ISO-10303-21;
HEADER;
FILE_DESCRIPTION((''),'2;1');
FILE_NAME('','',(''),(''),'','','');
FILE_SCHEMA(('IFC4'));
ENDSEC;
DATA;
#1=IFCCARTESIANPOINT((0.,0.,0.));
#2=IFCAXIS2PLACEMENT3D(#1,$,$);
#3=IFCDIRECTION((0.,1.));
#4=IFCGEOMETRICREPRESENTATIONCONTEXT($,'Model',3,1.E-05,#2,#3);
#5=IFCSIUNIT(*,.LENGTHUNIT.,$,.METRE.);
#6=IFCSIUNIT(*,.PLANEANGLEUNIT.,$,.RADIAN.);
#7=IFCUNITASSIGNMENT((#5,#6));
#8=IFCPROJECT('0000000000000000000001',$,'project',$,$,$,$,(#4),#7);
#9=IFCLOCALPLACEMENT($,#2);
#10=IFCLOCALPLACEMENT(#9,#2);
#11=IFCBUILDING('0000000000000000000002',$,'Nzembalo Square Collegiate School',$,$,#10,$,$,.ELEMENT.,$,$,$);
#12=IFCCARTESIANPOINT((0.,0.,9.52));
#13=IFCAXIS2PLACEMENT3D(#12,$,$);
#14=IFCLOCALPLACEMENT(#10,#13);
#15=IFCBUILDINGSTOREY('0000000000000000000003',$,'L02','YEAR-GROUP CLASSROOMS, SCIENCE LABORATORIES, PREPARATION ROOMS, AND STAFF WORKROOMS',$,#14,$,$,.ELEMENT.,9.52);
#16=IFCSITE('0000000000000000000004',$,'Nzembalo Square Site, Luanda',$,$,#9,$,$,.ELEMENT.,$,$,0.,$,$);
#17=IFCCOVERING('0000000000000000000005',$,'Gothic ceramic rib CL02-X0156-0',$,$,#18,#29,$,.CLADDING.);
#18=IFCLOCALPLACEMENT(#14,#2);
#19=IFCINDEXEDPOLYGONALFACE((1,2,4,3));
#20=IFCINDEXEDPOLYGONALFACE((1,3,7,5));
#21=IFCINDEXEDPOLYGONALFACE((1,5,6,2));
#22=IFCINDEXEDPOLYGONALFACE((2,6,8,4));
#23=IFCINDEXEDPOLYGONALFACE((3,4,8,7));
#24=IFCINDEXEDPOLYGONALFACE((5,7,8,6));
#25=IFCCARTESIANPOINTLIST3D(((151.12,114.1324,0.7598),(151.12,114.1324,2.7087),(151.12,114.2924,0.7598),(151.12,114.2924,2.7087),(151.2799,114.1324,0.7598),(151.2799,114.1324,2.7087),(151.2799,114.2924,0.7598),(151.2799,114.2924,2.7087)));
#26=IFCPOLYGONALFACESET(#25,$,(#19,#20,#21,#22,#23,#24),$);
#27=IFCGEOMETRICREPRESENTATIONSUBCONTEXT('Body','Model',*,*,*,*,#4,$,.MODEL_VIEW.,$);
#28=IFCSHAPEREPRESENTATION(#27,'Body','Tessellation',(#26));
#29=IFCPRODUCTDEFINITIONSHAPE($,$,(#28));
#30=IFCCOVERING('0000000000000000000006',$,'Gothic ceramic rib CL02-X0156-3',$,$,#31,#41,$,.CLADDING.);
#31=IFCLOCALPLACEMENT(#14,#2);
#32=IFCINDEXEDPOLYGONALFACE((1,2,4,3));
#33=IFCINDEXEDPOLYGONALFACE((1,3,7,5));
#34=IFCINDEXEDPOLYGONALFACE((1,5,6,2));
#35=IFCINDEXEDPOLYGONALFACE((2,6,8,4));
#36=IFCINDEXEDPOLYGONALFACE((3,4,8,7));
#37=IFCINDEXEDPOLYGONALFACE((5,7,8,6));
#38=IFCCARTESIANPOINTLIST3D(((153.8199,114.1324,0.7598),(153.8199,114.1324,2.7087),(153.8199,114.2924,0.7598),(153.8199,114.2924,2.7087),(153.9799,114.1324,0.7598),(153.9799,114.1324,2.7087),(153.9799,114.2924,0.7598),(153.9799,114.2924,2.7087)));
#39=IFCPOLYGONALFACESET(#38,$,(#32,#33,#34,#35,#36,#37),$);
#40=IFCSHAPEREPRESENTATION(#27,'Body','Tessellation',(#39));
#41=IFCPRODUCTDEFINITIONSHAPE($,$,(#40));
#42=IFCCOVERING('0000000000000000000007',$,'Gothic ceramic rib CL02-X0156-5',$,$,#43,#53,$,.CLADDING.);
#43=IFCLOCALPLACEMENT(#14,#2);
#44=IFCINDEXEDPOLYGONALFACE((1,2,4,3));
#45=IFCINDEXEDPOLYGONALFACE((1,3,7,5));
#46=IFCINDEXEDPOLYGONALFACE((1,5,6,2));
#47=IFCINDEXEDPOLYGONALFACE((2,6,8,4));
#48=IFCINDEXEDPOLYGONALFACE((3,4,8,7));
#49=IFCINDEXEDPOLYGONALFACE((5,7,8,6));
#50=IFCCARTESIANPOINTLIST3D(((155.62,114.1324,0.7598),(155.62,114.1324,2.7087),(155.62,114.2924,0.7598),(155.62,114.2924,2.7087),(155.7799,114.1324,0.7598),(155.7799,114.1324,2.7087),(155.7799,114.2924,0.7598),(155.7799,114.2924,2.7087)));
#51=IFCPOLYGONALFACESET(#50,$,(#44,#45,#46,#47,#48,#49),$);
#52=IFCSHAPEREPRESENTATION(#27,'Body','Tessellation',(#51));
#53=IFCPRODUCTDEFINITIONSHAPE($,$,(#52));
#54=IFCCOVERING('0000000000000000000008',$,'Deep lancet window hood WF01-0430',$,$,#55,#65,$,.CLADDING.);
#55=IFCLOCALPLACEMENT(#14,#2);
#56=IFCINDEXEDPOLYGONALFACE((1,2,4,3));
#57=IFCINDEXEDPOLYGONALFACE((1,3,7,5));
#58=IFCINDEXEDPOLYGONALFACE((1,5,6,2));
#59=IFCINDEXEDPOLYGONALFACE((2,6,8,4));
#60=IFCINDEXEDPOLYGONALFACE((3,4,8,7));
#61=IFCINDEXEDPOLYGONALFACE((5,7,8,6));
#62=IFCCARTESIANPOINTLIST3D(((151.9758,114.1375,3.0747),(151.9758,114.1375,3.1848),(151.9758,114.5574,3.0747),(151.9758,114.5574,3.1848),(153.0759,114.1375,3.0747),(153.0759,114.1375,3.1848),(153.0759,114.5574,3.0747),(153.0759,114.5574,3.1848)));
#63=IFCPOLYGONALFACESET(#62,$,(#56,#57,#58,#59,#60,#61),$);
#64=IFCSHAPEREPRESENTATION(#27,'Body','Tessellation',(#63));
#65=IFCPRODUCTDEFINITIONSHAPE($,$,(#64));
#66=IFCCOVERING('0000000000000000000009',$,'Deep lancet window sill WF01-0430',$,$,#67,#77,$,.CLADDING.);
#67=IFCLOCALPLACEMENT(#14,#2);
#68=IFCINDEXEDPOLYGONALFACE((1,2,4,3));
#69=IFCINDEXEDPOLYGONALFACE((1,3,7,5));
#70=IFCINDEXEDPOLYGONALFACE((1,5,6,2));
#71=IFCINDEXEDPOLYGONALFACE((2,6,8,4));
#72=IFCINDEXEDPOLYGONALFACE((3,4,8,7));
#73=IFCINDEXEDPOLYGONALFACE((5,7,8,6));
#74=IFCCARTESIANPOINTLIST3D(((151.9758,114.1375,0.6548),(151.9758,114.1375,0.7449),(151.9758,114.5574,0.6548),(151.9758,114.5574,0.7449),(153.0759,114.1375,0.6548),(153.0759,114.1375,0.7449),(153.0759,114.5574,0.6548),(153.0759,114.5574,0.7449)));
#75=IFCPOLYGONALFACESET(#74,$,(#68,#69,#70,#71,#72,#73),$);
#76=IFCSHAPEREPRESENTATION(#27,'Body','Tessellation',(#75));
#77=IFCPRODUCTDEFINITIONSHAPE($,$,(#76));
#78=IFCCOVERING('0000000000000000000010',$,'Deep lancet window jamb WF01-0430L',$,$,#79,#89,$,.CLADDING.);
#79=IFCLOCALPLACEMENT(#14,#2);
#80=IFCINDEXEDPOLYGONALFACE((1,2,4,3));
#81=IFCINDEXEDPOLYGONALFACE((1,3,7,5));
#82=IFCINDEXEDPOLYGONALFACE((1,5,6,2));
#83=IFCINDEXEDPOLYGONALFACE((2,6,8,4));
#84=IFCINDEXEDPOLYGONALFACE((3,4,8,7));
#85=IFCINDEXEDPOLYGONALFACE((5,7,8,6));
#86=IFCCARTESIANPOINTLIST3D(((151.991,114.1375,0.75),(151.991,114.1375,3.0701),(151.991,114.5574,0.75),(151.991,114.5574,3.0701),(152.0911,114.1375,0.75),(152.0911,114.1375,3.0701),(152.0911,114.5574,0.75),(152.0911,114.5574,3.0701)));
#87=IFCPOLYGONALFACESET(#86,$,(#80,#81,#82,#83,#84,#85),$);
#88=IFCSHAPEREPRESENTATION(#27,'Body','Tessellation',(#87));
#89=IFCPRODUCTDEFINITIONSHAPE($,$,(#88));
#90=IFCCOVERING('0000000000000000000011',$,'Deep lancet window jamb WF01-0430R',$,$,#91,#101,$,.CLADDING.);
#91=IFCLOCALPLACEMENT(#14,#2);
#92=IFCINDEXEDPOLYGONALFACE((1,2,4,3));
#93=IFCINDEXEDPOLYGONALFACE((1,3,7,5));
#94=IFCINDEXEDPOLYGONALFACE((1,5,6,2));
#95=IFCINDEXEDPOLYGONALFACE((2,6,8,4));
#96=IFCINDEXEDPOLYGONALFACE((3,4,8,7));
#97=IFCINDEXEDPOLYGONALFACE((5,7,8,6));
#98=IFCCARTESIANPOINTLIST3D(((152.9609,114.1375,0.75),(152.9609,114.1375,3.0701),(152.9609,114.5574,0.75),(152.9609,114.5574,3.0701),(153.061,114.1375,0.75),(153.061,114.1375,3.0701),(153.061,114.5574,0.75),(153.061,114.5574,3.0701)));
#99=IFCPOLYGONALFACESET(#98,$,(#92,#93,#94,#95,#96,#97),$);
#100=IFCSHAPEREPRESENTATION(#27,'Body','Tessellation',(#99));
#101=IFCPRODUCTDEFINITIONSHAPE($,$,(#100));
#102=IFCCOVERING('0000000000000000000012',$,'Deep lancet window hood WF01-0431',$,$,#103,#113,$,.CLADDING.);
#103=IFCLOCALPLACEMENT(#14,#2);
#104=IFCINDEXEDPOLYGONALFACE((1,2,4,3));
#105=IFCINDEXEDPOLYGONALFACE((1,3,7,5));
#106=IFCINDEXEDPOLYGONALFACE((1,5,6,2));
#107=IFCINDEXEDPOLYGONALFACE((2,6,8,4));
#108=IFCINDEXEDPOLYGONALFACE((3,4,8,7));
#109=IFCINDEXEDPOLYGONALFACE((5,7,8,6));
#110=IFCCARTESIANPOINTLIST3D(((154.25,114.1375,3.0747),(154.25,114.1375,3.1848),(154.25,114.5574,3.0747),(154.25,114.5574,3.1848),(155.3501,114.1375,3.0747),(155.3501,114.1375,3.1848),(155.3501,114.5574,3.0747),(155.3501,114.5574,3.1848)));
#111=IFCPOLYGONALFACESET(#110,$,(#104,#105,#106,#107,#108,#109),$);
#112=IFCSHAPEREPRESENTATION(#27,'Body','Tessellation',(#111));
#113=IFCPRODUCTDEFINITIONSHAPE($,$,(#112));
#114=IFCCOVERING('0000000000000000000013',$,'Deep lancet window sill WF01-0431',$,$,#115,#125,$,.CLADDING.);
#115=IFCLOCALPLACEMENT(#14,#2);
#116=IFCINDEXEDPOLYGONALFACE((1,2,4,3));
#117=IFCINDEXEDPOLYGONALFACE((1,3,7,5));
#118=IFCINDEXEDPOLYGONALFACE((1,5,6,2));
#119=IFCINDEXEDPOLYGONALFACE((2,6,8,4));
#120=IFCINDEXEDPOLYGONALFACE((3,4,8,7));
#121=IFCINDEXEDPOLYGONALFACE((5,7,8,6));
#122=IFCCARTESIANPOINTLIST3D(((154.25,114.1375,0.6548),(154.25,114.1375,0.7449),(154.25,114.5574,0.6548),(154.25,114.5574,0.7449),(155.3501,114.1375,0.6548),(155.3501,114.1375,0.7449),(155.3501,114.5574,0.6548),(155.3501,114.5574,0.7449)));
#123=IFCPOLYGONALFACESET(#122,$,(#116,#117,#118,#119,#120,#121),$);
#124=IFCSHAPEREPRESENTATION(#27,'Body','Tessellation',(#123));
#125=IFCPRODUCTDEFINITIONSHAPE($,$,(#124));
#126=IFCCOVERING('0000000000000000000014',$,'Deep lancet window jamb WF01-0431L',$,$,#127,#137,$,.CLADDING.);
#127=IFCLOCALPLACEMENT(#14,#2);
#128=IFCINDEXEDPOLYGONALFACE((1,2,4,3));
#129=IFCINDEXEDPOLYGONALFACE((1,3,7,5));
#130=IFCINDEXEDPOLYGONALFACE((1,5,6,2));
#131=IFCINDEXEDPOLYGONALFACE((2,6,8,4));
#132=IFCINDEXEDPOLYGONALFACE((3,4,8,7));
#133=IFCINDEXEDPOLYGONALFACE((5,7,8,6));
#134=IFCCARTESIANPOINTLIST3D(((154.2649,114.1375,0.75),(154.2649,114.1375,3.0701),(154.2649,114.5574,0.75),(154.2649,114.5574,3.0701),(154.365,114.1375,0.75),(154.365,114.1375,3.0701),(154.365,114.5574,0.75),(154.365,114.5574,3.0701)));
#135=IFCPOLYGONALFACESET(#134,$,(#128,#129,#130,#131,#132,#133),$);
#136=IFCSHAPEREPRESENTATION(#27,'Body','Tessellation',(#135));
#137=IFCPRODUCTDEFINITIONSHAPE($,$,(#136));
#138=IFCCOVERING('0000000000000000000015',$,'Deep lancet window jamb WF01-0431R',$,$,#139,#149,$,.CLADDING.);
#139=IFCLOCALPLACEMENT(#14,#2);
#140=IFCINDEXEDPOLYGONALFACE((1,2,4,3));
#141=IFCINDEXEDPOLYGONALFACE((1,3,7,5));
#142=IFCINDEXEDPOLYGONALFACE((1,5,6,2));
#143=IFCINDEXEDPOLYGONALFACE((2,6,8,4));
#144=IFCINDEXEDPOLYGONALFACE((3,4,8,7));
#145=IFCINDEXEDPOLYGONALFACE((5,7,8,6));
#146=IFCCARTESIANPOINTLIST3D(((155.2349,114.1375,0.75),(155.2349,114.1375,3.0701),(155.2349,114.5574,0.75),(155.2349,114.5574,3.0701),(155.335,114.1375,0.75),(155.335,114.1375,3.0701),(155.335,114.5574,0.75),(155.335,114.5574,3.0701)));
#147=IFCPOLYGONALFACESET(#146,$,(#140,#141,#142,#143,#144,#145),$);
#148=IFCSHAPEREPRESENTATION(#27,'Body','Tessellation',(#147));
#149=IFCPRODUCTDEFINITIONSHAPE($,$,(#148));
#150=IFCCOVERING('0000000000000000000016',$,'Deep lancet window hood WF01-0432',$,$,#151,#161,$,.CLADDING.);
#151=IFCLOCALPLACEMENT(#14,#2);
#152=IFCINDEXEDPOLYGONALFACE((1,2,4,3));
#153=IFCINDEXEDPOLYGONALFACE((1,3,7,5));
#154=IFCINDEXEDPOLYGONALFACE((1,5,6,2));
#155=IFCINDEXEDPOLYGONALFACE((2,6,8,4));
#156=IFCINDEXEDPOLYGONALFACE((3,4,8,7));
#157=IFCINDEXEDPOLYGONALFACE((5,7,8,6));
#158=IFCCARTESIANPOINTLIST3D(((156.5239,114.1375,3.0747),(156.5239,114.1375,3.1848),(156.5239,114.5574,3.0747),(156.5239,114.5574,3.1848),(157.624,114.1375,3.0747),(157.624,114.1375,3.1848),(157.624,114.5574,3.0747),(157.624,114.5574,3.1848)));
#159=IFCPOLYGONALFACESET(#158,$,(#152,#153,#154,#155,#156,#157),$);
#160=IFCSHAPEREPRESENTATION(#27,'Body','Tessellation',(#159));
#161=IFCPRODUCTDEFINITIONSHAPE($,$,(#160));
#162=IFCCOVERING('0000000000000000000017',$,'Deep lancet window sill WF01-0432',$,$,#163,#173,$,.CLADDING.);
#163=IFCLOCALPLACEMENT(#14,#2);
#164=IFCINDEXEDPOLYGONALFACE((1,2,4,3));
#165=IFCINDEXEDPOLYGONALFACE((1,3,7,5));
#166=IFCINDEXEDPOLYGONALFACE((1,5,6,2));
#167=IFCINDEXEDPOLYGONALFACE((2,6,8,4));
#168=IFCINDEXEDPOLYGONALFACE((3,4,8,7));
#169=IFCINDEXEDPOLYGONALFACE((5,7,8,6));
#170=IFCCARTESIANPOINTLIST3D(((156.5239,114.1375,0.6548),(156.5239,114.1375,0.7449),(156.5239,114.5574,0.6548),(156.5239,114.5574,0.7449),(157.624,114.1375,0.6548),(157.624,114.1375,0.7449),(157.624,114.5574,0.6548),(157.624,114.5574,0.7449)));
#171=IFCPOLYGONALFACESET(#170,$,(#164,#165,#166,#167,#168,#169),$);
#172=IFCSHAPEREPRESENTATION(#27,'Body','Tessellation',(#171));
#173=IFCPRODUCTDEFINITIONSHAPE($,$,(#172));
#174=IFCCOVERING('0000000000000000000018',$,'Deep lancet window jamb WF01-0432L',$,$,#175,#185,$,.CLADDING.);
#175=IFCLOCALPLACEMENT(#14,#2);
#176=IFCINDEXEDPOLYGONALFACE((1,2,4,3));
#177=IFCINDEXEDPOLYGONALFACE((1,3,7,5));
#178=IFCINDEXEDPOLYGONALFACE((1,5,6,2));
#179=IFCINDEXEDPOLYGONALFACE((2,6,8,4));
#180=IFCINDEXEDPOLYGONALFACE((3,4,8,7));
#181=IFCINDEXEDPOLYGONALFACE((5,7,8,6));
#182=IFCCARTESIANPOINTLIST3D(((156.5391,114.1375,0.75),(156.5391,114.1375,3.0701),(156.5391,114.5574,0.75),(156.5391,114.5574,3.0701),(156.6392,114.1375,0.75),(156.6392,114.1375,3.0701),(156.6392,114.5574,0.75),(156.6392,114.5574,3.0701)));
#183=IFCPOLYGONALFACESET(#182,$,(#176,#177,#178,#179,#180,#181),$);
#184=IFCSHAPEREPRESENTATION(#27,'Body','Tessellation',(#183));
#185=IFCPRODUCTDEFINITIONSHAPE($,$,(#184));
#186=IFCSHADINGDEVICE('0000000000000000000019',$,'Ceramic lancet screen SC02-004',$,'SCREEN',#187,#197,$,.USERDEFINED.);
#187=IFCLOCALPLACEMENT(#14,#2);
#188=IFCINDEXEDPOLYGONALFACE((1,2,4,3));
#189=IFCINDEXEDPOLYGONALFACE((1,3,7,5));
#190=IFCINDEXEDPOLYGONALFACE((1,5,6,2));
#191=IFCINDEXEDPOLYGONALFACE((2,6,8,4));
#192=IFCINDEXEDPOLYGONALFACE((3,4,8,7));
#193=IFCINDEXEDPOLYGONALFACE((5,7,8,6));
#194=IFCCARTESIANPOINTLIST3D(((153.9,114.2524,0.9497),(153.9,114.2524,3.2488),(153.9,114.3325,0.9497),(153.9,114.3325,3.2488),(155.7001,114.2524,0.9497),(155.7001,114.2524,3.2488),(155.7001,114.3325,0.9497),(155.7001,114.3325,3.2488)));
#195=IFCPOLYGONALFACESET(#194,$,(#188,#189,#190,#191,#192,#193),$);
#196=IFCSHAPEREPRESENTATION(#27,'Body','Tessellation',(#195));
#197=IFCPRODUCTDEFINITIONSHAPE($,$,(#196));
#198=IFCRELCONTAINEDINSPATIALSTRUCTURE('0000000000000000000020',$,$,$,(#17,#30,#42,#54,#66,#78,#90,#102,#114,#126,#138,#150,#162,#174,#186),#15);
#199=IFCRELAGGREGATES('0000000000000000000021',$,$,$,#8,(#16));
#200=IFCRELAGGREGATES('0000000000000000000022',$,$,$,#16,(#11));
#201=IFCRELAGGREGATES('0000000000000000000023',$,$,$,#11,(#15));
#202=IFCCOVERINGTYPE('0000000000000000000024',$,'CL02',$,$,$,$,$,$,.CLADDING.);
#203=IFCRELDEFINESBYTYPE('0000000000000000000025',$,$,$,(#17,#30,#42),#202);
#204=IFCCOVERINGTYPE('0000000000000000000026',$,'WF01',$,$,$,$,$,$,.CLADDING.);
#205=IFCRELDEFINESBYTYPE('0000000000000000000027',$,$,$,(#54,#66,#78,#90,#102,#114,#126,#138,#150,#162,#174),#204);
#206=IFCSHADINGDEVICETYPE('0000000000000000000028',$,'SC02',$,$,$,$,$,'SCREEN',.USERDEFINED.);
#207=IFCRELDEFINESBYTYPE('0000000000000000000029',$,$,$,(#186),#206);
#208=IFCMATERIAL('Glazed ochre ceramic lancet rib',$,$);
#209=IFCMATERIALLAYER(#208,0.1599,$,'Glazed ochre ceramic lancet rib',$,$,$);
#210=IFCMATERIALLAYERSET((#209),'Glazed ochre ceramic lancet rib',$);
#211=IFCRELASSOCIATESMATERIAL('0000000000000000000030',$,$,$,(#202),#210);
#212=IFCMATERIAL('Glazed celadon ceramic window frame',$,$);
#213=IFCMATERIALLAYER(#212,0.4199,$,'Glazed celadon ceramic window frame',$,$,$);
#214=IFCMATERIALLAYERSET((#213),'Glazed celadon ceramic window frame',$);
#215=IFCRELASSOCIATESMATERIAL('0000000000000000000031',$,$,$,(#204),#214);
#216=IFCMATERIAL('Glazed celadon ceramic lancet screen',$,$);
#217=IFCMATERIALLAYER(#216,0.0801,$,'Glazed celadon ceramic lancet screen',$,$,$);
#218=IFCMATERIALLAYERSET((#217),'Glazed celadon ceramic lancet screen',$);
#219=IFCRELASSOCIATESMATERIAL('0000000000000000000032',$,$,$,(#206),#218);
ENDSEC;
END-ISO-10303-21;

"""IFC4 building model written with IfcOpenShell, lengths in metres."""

from ifc_helpers import new_model, si_unit, direction, frame, origin, origin_2d, place, context, subcontext, project, spatial, rectangle, extrude, material, layer, layer_set, type_object, element, save


model = new_model("IFC4")

# Units and contexts
model_context = context("Model", 3, precision=1e-05, world=origin(), true_north=direction((0.0, 1.0)))
body_context = subcontext(model_context, "Body", "Model", "MODEL_VIEW")
ifc_project = project(units=[si_unit("LENGTHUNIT", "METRE"), si_unit("PLANEANGLEUNIT", "RADIAN")], contexts=[model_context])

# Site, building, storey
site_placement = place(None, origin())
site = spatial("IfcSite", under=ifc_project, at=site_placement, Name="Nzembalo Square Site, Luanda", CompositionType="ELEMENT", RefElevation=0.0)
building_placement = place(site_placement, origin())
building = spatial("IfcBuilding", under=site, at=building_placement, Name="Nzembalo Square Collegiate School", CompositionType="ELEMENT")
storey_placement = place(building_placement, frame((0.0, 0.0, 9.52)))
storey = spatial("IfcBuildingStorey", under=building, at=storey_placement, Name="L02", Description="YEAR-GROUP CLASSROOMS, SCIENCE LABORATORIES, PREPARATION ROOMS, AND STAFF WORKROOMS", CompositionType="ELEMENT", Elevation=9.52)

# Coverings
ifc_material_1 = material(Name="Glazed ochre ceramic lancet rib")
ifc_layer_1 = layer(ifc_material_1, 0.1599, Name="Glazed ochre ceramic lancet rib")
ifc_layer_set_1 = layer_set([ifc_layer_1], Name="Glazed ochre ceramic lancet rib")
covering_type_1 = type_object("IfcCoveringType", Name="CL02", PredefinedType="CLADDING", material=ifc_layer_set_1)
for number, where, z_axis, x_axis, name in (
    (1, (151.2, 114.2124, 0.7598), (0.0, 0.0, 1.0), (1.0, 0.0, 0.0), "Gothic ceramic rib CL02-X0156-0"),
    (2, (153.8999, 114.2124, 0.7598), (0.0, 0.0, 1.0), (1.0, 0.0, 0.0), "Gothic ceramic rib CL02-X0156-3"),
    (3, (155.7, 114.2124, 0.7598), (0.0, 0.0, 1.0), (1.0, 0.0, 0.0), "Gothic ceramic rib CL02-X0156-5"),
):
    element("IfcCovering", number, at=place(storey_placement, frame(where, z_axis=z_axis, x_axis=x_axis)), inside=storey, type_object=covering_type_1, Name=name, PredefinedType="CLADDING", context=body_context, shape_type="SweptSolid", body=[
        extrude(rectangle(XDim=0.1599, YDim=0.1599, at=origin_2d()), origin(), (0.0, 0.0, 1.0), 1.949),
    ])
ifc_material_2 = material(Name="Glazed celadon ceramic window frame")
ifc_layer_2 = layer(ifc_material_2, 0.4199, Name="Glazed celadon ceramic window frame")
ifc_layer_set_2 = layer_set([ifc_layer_2], Name="Glazed celadon ceramic window frame")
covering_type_2 = type_object("IfcCoveringType", Name="WF01", PredefinedType="CLADDING", material=ifc_layer_set_2)
covering_1_placement = place(storey_placement, frame((152.5259, 114.3474, 3.0747), z_axis=(0.0, 0.0, 1.0), x_axis=(1.0, 0.0, 0.0)))
element("IfcCovering", 4, at=covering_1_placement, inside=storey, type_object=covering_type_2, Name="Deep lancet window hood WF01-0430", PredefinedType="CLADDING", context=body_context, shape_type="SweptSolid", body=[
    extrude(rectangle(XDim=1.1001, YDim=0.4199, at=origin_2d()), origin(), (0.0, 0.0, 1.0), 0.1101),
])
covering_2_placement = place(storey_placement, frame((152.5259, 114.3474, 0.6548), z_axis=(0.0, 0.0, 1.0), x_axis=(1.0, 0.0, 0.0)))
element("IfcCovering", 5, at=covering_2_placement, inside=storey, type_object=covering_type_2, Name="Deep lancet window sill WF01-0430", PredefinedType="CLADDING", context=body_context, shape_type="SweptSolid", body=[
    extrude(rectangle(XDim=1.1001, YDim=0.4199, at=origin_2d()), origin(), (0.0, 0.0, 1.0), 0.0901),
])
for number, where, z_axis, x_axis, name in (
    (6, (152.041, 114.3474, 0.75), (0.0, 0.0, 1.0), (1.0, 0.0, 0.0), "Deep lancet window jamb WF01-0430L"),
    (7, (153.011, 114.3474, 0.75), (0.0, 0.0, 1.0), (1.0, 0.0, 0.0), "Deep lancet window jamb WF01-0430R"),
):
    element("IfcCovering", number, at=place(storey_placement, frame(where, z_axis=z_axis, x_axis=x_axis)), inside=storey, type_object=covering_type_2, Name=name, PredefinedType="CLADDING", context=body_context, shape_type="SweptSolid", body=[
        extrude(rectangle(XDim=0.1001, YDim=0.4199, at=origin_2d()), origin(), (0.0, 0.0, 1.0), 2.3201),
    ])
covering_3_placement = place(storey_placement, frame((154.8, 114.3474, 3.0747), z_axis=(0.0, 0.0, 1.0), x_axis=(1.0, 0.0, 0.0)))
element("IfcCovering", 8, at=covering_3_placement, inside=storey, type_object=covering_type_2, Name="Deep lancet window hood WF01-0431", PredefinedType="CLADDING", context=body_context, shape_type="SweptSolid", body=[
    extrude(rectangle(XDim=1.1001, YDim=0.4199, at=origin_2d()), origin(), (0.0, 0.0, 1.0), 0.1101),
])
covering_4_placement = place(storey_placement, frame((154.8, 114.3474, 0.6548), z_axis=(0.0, 0.0, 1.0), x_axis=(1.0, 0.0, 0.0)))
element("IfcCovering", 9, at=covering_4_placement, inside=storey, type_object=covering_type_2, Name="Deep lancet window sill WF01-0431", PredefinedType="CLADDING", context=body_context, shape_type="SweptSolid", body=[
    extrude(rectangle(XDim=1.1001, YDim=0.4199, at=origin_2d()), origin(), (0.0, 0.0, 1.0), 0.0901),
])
for number, where, z_axis, x_axis, name in (
    (10, (154.3149, 114.3474, 0.75), (0.0, 0.0, 1.0), (1.0, 0.0, 0.0), "Deep lancet window jamb WF01-0431L"),
    (11, (155.2849, 114.3474, 0.75), (0.0, 0.0, 1.0), (1.0, 0.0, 0.0), "Deep lancet window jamb WF01-0431R"),
):
    element("IfcCovering", number, at=place(storey_placement, frame(where, z_axis=z_axis, x_axis=x_axis)), inside=storey, type_object=covering_type_2, Name=name, PredefinedType="CLADDING", context=body_context, shape_type="SweptSolid", body=[
        extrude(rectangle(XDim=0.1001, YDim=0.4199, at=origin_2d()), origin(), (0.0, 0.0, 1.0), 2.3201),
    ])
covering_5_placement = place(storey_placement, frame((157.074, 114.3474, 3.0747), z_axis=(0.0, 0.0, 1.0), x_axis=(1.0, 0.0, 0.0)))
element("IfcCovering", 12, at=covering_5_placement, inside=storey, type_object=covering_type_2, Name="Deep lancet window hood WF01-0432", PredefinedType="CLADDING", context=body_context, shape_type="SweptSolid", body=[
    extrude(rectangle(XDim=1.1001, YDim=0.4199, at=origin_2d()), origin(), (0.0, 0.0, 1.0), 0.1101),
])
covering_6_placement = place(storey_placement, frame((157.074, 114.3474, 0.6548), z_axis=(0.0, 0.0, 1.0), x_axis=(1.0, 0.0, 0.0)))
element("IfcCovering", 13, at=covering_6_placement, inside=storey, type_object=covering_type_2, Name="Deep lancet window sill WF01-0432", PredefinedType="CLADDING", context=body_context, shape_type="SweptSolid", body=[
    extrude(rectangle(XDim=1.1001, YDim=0.4199, at=origin_2d()), origin(), (0.0, 0.0, 1.0), 0.0901),
])
covering_7_placement = place(storey_placement, frame((156.5891, 114.3474, 0.75), z_axis=(0.0, 0.0, 1.0), x_axis=(1.0, 0.0, 0.0)))
element("IfcCovering", 14, at=covering_7_placement, inside=storey, type_object=covering_type_2, Name="Deep lancet window jamb WF01-0432L", PredefinedType="CLADDING", context=body_context, shape_type="SweptSolid", body=[
    extrude(rectangle(XDim=0.1001, YDim=0.4199, at=origin_2d()), origin(), (0.0, 0.0, 1.0), 2.3201),
])

# Shading device
ifc_material_3 = material(Name="Glazed celadon ceramic lancet screen")
ifc_layer_3 = layer(ifc_material_3, 0.0801, Name="Glazed celadon ceramic lancet screen")
ifc_layer_set_3 = layer_set([ifc_layer_3], Name="Glazed celadon ceramic lancet screen")
shading_device_type = type_object("IfcShadingDeviceType", Name="SC02", ElementType="SCREEN", PredefinedType="USERDEFINED", material=ifc_layer_set_3)
shading_device_placement = place(storey_placement, frame((154.8, 114.2925, 0.9497), z_axis=(0.0, 0.0, 1.0), x_axis=(1.0, 0.0, 0.0)))
element("IfcShadingDevice", 15, at=shading_device_placement, inside=storey, type_object=shading_device_type, Name="Ceramic lancet screen SC02-004", ObjectType="SCREEN", PredefinedType="USERDEFINED", context=body_context, shape_type="SweptSolid", body=[
    extrude(rectangle(XDim=1.8, YDim=0.0801, at=origin_2d()), origin(), (0.0, 0.0, 1.0), 2.2991),
])

save(model, "model.ifc")
